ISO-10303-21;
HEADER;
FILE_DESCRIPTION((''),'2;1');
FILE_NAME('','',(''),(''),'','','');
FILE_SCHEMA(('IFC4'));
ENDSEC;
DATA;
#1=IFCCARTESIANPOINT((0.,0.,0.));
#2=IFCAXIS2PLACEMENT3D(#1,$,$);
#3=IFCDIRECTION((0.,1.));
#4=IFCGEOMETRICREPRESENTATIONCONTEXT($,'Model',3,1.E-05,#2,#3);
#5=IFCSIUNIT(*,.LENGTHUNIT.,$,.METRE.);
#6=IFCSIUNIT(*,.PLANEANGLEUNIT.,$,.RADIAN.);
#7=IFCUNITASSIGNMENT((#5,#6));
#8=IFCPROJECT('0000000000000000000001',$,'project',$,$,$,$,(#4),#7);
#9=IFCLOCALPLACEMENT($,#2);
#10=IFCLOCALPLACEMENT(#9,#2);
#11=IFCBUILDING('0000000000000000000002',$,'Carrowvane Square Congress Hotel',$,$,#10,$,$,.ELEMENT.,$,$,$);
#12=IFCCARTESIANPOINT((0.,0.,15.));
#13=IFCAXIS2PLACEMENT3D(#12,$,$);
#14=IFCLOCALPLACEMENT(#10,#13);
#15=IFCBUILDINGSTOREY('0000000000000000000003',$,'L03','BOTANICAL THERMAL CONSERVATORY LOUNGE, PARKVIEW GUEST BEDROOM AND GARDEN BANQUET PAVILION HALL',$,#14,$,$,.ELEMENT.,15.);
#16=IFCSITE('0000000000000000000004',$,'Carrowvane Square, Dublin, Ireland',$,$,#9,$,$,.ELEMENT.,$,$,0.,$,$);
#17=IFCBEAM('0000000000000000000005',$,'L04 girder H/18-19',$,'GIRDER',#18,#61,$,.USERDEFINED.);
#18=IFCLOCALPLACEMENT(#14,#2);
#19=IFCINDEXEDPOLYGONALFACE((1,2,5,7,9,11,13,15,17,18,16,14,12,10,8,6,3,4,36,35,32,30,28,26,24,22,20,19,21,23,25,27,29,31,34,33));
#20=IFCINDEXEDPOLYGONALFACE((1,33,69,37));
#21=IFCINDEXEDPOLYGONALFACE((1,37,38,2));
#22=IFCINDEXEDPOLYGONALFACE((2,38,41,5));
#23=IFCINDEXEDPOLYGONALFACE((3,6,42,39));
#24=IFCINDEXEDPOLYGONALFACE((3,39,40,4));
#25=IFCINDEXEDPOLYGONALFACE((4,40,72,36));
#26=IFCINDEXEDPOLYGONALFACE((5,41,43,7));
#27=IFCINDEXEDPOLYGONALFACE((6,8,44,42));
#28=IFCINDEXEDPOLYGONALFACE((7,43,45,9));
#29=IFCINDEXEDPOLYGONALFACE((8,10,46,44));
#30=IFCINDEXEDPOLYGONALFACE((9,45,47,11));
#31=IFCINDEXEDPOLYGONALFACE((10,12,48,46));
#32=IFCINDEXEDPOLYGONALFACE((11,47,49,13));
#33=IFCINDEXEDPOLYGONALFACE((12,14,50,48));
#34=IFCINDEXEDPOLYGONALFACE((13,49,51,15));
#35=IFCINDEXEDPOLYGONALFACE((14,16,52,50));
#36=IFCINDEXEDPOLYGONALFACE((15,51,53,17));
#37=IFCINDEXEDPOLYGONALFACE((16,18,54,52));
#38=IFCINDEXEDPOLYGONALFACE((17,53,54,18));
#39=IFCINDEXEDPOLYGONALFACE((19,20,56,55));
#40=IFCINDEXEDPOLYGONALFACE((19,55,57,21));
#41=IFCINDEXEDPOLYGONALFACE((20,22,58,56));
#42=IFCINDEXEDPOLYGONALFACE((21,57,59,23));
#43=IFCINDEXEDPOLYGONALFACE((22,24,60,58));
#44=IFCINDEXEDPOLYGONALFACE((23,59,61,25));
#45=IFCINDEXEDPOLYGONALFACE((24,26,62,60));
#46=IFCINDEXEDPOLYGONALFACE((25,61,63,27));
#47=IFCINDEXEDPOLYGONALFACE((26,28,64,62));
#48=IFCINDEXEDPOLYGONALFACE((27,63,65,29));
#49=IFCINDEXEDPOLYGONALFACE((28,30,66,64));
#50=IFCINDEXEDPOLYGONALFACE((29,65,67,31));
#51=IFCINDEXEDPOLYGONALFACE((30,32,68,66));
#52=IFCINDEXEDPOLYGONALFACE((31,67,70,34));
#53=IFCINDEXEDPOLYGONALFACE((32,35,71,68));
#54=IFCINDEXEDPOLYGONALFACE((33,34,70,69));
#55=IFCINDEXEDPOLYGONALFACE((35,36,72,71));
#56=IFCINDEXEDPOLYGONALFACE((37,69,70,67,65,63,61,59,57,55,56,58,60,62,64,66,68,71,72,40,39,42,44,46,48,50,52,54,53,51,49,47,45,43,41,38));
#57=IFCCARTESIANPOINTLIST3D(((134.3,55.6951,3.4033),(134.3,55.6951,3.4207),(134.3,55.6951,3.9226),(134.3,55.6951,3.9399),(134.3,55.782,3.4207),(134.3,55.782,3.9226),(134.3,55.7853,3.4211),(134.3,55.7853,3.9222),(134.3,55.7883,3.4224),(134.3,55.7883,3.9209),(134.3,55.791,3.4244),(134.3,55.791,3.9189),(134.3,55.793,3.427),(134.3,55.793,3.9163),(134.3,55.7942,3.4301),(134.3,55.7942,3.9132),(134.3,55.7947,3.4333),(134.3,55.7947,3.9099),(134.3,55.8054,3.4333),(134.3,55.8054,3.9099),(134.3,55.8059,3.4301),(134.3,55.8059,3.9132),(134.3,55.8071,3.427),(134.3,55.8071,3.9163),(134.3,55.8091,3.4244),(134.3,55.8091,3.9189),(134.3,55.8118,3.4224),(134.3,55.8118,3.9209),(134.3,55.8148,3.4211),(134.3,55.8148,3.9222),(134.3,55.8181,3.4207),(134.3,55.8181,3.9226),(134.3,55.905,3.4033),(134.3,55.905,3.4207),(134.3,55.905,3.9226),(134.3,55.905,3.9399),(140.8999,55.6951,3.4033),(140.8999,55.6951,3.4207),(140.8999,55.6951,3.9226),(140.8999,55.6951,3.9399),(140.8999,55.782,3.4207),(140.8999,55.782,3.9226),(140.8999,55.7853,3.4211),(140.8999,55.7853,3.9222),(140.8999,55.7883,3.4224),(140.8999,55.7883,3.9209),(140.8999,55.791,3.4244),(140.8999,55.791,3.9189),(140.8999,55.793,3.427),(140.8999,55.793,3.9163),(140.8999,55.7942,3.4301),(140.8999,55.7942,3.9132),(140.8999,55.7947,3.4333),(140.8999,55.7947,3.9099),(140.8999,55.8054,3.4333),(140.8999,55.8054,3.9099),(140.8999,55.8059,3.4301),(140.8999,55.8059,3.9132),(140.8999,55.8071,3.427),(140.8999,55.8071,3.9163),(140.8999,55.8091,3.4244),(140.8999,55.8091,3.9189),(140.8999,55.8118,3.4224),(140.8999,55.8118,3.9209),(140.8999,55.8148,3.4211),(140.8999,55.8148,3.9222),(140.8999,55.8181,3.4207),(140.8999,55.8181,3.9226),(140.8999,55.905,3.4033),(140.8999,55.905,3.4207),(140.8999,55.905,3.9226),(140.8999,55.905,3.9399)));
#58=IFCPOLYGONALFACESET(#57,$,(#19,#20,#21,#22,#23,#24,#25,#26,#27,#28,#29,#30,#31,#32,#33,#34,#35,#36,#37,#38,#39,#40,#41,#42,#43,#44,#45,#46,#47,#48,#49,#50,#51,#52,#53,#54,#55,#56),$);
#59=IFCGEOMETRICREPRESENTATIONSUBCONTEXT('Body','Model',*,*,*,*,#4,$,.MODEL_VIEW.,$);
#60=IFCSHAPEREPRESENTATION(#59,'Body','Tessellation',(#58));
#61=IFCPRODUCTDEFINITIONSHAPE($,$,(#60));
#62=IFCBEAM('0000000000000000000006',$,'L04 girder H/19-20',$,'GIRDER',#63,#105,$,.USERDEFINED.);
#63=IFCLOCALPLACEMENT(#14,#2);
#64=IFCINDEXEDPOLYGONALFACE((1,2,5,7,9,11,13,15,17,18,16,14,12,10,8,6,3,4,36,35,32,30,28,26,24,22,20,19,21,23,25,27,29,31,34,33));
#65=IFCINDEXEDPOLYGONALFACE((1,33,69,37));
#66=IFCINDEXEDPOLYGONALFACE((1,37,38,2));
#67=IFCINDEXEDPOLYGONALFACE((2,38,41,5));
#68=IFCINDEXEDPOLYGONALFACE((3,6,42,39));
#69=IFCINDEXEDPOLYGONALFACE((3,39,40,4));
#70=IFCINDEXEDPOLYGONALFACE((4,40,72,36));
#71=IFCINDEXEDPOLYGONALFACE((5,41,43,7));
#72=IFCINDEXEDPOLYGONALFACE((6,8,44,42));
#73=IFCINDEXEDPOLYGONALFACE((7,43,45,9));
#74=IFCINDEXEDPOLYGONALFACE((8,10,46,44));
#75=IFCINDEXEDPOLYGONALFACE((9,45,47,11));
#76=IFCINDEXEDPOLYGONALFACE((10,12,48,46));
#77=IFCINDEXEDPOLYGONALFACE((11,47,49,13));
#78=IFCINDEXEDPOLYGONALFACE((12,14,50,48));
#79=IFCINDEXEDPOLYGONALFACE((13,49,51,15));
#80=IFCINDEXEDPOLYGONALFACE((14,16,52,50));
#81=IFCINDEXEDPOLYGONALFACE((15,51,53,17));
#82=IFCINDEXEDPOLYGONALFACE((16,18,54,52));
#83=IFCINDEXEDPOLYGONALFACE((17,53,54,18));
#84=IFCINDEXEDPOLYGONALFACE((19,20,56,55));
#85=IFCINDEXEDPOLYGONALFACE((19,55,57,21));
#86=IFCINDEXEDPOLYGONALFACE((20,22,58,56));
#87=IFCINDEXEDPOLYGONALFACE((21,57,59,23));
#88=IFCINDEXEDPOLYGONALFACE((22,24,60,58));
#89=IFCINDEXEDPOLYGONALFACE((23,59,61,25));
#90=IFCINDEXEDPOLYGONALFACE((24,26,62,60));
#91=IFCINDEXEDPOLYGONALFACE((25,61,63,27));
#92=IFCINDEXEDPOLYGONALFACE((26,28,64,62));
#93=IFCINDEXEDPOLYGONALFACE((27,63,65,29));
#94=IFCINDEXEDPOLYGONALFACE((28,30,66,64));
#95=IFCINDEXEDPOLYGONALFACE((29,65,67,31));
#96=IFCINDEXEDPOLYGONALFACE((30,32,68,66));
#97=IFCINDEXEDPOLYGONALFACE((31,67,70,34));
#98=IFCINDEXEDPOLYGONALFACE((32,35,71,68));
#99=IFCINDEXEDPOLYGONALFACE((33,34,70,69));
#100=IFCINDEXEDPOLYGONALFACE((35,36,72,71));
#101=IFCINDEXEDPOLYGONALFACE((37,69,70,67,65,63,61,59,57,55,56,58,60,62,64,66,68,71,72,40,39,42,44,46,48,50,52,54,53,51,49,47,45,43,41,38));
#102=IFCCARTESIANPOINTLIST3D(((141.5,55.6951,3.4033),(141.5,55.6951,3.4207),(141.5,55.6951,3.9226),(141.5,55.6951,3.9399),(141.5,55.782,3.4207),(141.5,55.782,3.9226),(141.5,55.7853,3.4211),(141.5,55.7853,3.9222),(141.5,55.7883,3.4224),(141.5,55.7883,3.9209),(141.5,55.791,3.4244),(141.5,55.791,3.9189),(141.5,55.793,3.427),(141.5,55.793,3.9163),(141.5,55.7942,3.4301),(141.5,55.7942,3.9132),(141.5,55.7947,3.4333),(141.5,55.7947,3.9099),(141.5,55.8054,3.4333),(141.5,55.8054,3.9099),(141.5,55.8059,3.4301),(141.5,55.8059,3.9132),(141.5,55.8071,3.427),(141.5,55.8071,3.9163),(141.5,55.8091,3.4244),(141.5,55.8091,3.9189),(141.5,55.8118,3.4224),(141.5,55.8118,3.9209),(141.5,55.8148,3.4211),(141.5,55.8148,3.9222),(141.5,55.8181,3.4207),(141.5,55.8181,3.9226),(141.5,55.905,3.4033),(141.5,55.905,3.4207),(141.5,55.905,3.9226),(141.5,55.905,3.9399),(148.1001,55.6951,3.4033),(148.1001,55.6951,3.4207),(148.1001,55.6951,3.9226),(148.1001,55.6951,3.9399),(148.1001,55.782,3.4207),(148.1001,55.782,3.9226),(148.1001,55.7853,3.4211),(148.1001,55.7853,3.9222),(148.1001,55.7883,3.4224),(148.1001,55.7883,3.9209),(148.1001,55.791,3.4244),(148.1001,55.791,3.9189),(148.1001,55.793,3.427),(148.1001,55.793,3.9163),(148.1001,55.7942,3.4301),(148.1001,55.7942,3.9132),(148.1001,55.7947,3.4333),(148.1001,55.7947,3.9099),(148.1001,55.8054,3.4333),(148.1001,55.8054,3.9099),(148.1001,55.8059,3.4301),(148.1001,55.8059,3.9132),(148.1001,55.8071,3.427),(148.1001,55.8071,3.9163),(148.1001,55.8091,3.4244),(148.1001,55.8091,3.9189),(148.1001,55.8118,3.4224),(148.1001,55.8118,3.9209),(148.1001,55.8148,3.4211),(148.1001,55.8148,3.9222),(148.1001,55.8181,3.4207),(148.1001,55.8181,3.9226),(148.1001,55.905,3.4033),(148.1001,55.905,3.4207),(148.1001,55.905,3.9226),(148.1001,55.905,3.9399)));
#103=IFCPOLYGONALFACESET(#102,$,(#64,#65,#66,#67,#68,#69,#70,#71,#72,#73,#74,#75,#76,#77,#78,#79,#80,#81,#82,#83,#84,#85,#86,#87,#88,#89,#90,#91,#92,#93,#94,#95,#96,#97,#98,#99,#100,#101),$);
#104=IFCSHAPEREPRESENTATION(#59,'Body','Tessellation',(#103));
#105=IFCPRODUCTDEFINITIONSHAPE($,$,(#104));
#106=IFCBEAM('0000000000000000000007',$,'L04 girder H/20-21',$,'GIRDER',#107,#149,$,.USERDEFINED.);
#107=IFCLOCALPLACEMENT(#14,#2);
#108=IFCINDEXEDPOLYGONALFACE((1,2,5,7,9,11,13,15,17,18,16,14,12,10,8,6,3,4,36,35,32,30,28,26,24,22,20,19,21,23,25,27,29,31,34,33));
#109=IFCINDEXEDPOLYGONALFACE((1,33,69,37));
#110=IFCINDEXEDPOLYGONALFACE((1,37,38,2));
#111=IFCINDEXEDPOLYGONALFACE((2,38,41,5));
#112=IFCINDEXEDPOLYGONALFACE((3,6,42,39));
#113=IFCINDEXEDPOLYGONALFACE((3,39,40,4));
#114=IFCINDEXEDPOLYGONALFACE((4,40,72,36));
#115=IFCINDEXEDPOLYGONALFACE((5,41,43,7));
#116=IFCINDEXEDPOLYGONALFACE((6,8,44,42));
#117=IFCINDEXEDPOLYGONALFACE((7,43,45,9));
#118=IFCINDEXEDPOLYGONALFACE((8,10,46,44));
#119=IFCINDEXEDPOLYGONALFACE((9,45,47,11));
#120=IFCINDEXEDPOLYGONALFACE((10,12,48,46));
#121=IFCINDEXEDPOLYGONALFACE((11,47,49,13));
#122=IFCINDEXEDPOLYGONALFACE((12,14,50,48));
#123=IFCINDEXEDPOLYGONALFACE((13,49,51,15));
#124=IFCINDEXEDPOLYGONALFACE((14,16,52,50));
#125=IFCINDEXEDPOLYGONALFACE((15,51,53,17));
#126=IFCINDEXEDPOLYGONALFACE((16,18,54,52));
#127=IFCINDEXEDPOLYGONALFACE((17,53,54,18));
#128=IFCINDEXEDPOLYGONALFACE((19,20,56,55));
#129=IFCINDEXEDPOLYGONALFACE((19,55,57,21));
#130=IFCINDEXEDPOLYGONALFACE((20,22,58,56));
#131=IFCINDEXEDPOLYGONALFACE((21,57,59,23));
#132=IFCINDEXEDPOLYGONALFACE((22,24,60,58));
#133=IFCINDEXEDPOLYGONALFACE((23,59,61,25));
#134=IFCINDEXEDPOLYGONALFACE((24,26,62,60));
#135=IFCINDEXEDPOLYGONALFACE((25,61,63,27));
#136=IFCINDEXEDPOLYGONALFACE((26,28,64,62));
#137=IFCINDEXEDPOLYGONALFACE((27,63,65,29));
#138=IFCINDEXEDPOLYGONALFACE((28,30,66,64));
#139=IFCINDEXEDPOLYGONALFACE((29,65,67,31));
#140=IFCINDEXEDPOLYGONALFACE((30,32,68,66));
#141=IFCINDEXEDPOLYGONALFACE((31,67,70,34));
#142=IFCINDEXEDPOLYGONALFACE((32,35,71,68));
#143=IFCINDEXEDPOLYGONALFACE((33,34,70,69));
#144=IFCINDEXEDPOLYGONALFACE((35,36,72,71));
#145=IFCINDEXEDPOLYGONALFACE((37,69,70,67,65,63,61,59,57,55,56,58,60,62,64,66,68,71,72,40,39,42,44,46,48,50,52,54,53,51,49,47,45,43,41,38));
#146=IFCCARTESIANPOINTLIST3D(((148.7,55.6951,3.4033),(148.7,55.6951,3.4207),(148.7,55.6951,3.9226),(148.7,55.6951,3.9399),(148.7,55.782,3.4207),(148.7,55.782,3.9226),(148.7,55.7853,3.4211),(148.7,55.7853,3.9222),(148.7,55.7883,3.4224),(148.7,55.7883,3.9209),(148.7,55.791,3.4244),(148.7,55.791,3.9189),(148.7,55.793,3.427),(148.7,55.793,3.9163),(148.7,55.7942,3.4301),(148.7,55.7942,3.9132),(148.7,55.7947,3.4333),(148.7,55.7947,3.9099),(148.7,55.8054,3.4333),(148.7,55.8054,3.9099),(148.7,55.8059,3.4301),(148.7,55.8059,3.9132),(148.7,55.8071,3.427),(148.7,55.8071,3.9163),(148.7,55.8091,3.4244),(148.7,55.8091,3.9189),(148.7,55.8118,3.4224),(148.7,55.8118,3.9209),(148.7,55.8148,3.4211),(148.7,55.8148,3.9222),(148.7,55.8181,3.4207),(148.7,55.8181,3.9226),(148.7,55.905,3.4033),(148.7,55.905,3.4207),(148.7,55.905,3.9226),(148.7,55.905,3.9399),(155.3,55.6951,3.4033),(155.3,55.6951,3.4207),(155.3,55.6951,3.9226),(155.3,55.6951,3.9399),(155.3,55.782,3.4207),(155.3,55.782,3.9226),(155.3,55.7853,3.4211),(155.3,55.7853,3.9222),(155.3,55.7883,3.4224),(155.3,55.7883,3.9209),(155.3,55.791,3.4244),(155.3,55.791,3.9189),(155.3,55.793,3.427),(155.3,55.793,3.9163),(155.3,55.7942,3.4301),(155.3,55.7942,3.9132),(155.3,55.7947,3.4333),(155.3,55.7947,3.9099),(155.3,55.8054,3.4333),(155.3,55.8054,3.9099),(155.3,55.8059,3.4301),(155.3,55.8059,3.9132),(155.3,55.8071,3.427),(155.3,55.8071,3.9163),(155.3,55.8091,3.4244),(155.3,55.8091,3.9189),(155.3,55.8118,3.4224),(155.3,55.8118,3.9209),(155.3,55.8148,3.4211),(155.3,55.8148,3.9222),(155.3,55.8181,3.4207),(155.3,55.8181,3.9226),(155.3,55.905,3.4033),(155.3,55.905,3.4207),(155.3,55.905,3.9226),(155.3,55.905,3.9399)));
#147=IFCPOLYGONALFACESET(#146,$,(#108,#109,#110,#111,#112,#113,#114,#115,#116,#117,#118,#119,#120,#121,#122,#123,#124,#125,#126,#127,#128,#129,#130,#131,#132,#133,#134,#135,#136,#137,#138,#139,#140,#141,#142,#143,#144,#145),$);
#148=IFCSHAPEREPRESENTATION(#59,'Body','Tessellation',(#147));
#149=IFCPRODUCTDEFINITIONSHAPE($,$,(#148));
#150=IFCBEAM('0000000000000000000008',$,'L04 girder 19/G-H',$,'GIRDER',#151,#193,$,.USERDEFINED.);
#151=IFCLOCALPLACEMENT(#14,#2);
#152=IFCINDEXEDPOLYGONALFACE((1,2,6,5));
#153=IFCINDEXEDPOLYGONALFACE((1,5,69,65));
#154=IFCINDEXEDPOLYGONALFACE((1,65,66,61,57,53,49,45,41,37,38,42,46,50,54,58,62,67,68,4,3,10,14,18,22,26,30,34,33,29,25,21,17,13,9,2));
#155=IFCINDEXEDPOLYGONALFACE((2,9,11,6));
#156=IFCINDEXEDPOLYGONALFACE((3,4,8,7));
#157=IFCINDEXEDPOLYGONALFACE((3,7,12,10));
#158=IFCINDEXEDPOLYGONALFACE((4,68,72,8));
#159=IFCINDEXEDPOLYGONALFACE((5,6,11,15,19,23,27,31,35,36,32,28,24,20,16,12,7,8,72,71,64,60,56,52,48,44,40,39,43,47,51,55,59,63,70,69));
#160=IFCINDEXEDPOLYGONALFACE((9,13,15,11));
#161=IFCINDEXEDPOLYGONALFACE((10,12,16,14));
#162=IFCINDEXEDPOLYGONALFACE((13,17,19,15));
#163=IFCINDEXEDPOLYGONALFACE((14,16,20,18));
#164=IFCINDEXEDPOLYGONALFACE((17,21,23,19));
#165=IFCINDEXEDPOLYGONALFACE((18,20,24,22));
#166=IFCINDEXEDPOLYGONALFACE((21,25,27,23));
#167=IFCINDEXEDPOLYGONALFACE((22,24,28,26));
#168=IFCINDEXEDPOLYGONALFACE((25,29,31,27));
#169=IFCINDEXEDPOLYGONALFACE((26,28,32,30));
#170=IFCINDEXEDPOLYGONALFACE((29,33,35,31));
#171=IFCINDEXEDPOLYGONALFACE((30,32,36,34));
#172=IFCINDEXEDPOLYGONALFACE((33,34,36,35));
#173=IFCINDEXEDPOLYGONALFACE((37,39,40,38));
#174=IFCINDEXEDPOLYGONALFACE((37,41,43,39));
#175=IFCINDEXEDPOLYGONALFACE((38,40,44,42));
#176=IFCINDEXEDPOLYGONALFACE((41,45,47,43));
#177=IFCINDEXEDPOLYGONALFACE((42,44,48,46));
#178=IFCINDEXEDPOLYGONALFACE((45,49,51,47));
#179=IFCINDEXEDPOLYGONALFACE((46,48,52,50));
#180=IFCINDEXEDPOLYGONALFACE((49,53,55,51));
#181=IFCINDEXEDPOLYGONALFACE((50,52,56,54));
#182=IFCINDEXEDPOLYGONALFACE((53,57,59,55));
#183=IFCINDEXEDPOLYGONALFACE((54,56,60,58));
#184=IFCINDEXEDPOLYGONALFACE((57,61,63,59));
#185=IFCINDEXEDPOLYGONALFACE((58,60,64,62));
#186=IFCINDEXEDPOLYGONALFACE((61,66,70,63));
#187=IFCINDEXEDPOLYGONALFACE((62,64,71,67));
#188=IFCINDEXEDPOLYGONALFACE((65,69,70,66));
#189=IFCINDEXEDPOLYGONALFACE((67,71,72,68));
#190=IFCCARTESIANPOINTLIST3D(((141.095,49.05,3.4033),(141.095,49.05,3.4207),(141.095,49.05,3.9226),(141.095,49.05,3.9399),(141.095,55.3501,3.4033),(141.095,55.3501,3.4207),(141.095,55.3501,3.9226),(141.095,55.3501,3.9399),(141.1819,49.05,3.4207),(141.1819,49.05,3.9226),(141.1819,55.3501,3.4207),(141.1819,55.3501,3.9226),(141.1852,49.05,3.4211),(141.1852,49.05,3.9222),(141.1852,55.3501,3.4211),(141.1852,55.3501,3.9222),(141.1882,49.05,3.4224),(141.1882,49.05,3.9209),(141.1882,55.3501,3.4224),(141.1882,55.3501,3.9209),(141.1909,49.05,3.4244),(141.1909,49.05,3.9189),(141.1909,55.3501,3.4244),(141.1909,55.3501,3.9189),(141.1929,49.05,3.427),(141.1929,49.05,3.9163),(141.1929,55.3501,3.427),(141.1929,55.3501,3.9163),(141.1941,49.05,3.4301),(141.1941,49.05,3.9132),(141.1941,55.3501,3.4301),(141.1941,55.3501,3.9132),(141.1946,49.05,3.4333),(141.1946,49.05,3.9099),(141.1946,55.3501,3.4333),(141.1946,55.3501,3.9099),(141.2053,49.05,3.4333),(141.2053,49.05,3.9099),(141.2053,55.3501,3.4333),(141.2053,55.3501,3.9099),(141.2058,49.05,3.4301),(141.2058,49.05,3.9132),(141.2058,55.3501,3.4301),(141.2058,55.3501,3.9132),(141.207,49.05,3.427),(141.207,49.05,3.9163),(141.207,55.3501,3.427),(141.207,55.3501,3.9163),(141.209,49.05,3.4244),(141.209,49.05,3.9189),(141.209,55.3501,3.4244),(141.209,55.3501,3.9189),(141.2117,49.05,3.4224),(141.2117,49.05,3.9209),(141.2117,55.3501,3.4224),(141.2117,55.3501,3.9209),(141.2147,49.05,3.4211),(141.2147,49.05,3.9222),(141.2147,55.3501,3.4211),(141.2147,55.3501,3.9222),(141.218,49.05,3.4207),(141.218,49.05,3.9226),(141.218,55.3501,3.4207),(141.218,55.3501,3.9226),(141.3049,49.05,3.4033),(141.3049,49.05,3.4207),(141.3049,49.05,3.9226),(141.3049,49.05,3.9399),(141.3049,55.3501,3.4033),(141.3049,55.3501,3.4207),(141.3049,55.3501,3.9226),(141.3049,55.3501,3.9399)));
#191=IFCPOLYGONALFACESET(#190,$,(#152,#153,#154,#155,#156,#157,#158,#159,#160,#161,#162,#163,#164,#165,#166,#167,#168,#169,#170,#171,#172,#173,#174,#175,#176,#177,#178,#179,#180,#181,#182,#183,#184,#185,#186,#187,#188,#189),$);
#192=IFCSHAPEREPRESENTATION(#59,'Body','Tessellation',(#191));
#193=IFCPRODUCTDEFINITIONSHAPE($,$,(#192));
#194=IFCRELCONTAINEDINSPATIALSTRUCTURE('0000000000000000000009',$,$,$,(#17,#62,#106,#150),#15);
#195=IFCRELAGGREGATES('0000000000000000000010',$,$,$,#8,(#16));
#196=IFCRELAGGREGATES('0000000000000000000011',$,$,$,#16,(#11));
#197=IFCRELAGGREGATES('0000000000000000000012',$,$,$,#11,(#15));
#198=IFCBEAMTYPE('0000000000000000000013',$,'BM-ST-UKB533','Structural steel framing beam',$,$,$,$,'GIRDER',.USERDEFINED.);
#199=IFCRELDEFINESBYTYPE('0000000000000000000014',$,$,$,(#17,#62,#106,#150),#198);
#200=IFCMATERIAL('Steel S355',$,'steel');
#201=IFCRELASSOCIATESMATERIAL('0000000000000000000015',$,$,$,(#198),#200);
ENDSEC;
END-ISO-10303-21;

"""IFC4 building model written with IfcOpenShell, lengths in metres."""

from ifc_helpers import new_model, si_unit, direction, frame, origin, origin_2d, place, context, subcontext, project, spatial, i_section, extrude, material, material_profile, profile_set, type_object, element, save


model = new_model("IFC4")

# Units and contexts
model_context = context("Model", 3, precision=1e-05, world=origin(), true_north=direction((0.0, 1.0)))
body_context = subcontext(model_context, "Body", "Model", "MODEL_VIEW")
ifc_project = project(units=[si_unit("LENGTHUNIT", "METRE"), si_unit("PLANEANGLEUNIT", "RADIAN")], contexts=[model_context])

# Site, building, storey
site_placement = place(None, origin())
site = spatial("IfcSite", under=ifc_project, at=site_placement, Name="Carrowvane Square, Dublin, Ireland", CompositionType="ELEMENT", RefElevation=0.0)
building_placement = place(site_placement, origin())
building = spatial("IfcBuilding", under=site, at=building_placement, Name="Carrowvane Square Congress Hotel", CompositionType="ELEMENT")
storey_placement = place(building_placement, frame((0.0, 0.0, 15.0)))
storey = spatial("IfcBuildingStorey", under=building, at=storey_placement, Name="L03", Description="BOTANICAL THERMAL CONSERVATORY LOUNGE, PARKVIEW GUEST BEDROOM AND GARDEN BANQUET PAVILION HALL", CompositionType="ELEMENT", Elevation=15.0)

# Beams
ifc_material_1 = material(Name="Steel S355", Category="steel")
ifc_material_profile_1 = material_profile(ifc_material_1, i_section(OverallWidth=0.21, OverallDepth=0.5366, WebThickness=0.0107, FlangeThickness=0.0173, FilletRadius=0.0127, at=origin_2d()), Name="UKB 533x210x101")
ifc_profile_set_1 = profile_set([ifc_material_profile_1], Name="Steel S355")
beam_type_1 = type_object("IfcBeamType", Name="BM-ST-UKB533", Description="Structural steel framing beam", ElementType="GIRDER", PredefinedType="USERDEFINED", material=ifc_profile_set_1)
beam_1_placement = place(storey_placement, frame((134.3, 55.8, 3.6716), z_axis=(1.0, 0.0, 0.0), x_axis=(0.0, 1.0, 0.0)))
element("IfcBeam", 1, at=beam_1_placement, inside=storey, type_object=beam_type_1, Name="L04 girder H/18-19", ObjectType="GIRDER", PredefinedType="USERDEFINED", context=body_context, shape_type="SweptSolid", body=[
    extrude(i_section(OverallWidth=0.21, OverallDepth=0.5366, WebThickness=0.0107, FlangeThickness=0.0173, FilletRadius=0.0127, at=origin_2d()), origin(), (0.0, 0.0, 1.0), 6.5999),
])
for number, where, z_axis, x_axis, name in (
    (2, (141.5, 55.8, 3.6716), (1.0, 0.0, 0.0), (0.0, 1.0, 0.0), "L04 girder H/19-20"),
    (3, (148.7, 55.8, 3.6716), (1.0, 0.0, 0.0), (0.0, 1.0, 0.0), "L04 girder H/20-21"),
):
    element("IfcBeam", number, at=place(storey_placement, frame(where, z_axis=z_axis, x_axis=x_axis)), inside=storey, type_object=beam_type_1, Name=name, ObjectType="GIRDER", PredefinedType="USERDEFINED", context=body_context, shape_type="SweptSolid", body=[
        extrude(i_section(OverallWidth=0.21, OverallDepth=0.5366, WebThickness=0.0107, FlangeThickness=0.0173, FilletRadius=0.0127, at=origin_2d()), origin(), (0.0, 0.0, 1.0), 6.6001),
    ])
for number, where, z_axis, x_axis, name in (
    (4, (141.2, 49.05, 3.6716), (0.0, 1.0, 0.0), (-1.0, 0.0, 0.0), "L04 girder 19/G-H"),
):
    element("IfcBeam", number, at=place(storey_placement, frame(where, z_axis=z_axis, x_axis=x_axis)), inside=storey, type_object=beam_type_1, Name=name, ObjectType="GIRDER", PredefinedType="USERDEFINED", context=body_context, shape_type="SweptSolid", body=[
        extrude(i_section(OverallWidth=0.21, OverallDepth=0.5366, WebThickness=0.0107, FlangeThickness=0.0173, FilletRadius=0.0127, at=origin_2d()), origin(), (0.0, 0.0, 1.0), 6.3),
    ])

save(model, "model.ifc")
